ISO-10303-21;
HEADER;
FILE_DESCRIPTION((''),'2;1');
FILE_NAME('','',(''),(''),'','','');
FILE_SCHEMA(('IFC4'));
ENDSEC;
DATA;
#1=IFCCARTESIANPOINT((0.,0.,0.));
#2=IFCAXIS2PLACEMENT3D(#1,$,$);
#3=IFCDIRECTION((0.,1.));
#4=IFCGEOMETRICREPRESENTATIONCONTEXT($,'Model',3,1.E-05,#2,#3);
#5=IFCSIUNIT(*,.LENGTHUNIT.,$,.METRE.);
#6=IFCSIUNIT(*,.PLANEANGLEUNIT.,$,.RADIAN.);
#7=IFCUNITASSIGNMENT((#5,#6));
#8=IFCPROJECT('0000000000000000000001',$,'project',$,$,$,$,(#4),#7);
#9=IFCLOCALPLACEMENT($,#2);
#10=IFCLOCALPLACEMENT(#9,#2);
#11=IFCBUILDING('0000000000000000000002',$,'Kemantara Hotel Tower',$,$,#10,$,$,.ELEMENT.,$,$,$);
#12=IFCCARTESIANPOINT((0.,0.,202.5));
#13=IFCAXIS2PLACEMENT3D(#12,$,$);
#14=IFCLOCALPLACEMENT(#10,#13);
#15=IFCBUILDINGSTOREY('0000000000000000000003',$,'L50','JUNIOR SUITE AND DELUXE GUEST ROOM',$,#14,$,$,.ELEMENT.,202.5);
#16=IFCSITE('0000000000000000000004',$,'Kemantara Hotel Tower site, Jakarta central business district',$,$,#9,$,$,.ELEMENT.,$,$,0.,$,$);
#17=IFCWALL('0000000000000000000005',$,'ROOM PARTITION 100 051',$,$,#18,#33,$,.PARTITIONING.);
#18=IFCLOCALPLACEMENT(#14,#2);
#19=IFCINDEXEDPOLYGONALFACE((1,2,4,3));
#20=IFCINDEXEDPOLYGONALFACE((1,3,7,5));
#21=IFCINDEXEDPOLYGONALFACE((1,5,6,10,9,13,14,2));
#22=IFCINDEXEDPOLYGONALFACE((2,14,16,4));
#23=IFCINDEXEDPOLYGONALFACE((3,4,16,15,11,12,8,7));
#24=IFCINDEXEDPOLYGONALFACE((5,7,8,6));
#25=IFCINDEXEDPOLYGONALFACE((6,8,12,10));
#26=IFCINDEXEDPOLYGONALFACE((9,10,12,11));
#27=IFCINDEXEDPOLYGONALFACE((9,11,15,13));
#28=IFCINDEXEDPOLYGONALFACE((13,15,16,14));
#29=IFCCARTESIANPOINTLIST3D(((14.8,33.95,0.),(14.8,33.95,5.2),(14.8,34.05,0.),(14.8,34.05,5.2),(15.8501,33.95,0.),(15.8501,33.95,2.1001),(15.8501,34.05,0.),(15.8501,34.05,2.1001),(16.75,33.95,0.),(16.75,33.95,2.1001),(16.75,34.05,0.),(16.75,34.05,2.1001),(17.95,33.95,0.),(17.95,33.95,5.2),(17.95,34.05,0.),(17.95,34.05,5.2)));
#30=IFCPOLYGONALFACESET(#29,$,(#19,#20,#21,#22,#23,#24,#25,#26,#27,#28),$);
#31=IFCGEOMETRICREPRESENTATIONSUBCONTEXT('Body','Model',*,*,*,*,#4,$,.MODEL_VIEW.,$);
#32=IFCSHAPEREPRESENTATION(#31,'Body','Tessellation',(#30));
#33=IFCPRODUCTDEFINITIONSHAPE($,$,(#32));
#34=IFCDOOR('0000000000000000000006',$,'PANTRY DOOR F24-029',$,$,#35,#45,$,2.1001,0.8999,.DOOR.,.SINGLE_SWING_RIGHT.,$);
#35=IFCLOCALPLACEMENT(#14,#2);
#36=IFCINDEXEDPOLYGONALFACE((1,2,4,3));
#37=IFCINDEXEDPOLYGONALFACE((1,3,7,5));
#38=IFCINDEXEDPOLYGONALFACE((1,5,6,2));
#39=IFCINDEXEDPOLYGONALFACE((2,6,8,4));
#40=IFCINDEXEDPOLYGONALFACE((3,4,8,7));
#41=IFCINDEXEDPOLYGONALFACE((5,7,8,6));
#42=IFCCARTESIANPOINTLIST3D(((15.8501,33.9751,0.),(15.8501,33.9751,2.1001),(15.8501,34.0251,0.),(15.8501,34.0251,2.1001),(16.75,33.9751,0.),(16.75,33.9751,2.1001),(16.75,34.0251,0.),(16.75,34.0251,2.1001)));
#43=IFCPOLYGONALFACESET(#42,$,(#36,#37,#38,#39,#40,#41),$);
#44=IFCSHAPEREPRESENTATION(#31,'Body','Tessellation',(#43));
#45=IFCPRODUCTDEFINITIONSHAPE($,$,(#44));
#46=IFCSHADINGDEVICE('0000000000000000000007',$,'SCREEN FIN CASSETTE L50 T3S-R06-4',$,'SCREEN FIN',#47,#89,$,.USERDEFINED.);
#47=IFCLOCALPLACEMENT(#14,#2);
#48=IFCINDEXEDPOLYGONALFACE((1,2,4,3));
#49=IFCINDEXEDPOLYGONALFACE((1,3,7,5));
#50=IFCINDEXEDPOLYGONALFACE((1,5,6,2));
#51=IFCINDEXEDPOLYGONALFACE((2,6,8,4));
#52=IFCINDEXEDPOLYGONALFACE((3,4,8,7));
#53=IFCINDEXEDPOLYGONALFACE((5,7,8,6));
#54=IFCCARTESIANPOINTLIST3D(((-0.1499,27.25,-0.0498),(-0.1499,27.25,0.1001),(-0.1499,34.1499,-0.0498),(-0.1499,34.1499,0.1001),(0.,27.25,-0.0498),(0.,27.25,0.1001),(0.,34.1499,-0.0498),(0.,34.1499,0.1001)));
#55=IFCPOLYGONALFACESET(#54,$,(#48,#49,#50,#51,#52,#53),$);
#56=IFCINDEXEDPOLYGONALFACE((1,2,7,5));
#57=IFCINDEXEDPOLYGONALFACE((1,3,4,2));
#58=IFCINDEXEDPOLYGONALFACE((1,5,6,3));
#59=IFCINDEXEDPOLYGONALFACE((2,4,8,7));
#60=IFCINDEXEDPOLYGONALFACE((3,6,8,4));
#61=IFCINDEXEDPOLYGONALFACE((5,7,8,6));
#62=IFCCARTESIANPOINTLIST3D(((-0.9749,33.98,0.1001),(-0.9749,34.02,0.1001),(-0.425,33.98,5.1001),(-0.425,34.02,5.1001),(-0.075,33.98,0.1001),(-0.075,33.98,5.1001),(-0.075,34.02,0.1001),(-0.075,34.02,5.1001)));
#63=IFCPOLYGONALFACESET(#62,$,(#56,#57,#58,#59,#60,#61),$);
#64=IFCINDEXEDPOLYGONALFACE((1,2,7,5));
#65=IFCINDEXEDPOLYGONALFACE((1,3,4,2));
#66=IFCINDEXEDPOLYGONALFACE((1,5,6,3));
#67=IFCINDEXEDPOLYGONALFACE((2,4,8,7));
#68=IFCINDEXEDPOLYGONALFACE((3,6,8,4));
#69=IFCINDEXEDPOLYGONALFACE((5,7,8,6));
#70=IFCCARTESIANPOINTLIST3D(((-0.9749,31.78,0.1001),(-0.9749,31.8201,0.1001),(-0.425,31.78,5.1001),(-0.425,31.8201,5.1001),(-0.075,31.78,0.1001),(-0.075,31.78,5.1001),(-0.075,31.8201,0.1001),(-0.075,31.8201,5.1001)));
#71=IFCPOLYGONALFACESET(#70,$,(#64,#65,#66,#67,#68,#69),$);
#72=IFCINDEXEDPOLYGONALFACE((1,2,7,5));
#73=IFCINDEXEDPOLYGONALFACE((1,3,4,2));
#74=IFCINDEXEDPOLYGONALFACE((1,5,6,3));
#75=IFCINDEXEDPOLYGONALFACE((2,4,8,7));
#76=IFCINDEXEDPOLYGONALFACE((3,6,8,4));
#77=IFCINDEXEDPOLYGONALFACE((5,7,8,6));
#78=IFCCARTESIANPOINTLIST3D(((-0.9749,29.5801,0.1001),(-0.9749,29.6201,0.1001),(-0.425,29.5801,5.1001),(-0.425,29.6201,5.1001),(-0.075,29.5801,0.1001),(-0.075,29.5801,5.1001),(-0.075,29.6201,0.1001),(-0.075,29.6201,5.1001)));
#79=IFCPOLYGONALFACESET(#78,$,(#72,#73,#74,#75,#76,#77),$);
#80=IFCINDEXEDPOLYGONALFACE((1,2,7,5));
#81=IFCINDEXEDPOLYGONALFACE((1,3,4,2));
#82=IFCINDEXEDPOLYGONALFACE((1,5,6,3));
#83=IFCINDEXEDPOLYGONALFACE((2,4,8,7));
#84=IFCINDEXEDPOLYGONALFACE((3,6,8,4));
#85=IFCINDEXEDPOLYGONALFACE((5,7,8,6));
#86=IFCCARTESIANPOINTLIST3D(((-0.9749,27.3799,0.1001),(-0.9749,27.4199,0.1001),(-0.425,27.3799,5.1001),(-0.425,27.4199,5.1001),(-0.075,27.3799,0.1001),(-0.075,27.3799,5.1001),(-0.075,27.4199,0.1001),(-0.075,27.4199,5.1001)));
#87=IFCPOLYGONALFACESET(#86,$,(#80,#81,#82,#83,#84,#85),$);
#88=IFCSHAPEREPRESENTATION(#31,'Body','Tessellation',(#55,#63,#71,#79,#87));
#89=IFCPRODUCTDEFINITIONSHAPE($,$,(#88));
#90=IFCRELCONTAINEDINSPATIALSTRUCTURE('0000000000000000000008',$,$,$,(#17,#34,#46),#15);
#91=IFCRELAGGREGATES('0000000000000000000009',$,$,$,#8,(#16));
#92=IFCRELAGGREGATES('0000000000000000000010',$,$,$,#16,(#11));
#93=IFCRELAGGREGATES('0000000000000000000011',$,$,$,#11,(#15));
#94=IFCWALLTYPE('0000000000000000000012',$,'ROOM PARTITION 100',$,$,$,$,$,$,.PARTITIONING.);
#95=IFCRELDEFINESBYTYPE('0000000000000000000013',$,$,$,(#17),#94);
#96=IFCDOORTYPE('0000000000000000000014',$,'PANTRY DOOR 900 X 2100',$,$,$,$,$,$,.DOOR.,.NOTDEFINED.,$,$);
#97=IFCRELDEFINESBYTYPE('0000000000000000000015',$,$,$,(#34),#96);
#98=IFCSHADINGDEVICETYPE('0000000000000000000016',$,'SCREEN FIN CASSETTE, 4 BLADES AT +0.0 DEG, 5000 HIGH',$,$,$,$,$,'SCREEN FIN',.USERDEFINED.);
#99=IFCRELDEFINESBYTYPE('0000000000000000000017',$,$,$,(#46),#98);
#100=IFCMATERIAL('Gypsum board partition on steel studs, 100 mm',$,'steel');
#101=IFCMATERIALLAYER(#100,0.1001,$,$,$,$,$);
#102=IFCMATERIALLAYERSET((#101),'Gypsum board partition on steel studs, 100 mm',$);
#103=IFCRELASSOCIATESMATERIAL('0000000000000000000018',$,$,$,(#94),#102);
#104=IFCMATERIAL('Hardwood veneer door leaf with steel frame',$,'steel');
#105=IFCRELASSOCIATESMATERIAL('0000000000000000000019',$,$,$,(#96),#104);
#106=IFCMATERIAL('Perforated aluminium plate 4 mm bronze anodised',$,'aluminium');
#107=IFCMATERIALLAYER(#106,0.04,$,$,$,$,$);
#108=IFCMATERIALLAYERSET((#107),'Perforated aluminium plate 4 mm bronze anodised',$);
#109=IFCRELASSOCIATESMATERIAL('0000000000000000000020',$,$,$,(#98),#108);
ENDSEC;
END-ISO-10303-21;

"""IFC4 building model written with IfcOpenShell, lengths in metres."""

from ifc_helpers import new_model, si_unit, direction, frame, frame_2d, origin, origin_2d, place, context, subcontext, project, spatial, polyline, rectangle, outline, extrude, source, transform, mapped, material, layer, layer_set, type_object, element, fill, save


model = new_model("IFC4")

# Units and contexts
model_context = context("Model", 3, precision=1e-05, world=origin(), true_north=direction((0.0, 1.0)))
body_context = subcontext(model_context, "Body", "Model", "MODEL_VIEW")
ifc_project = project(units=[si_unit("LENGTHUNIT", "METRE"), si_unit("PLANEANGLEUNIT", "RADIAN")], contexts=[model_context])

# Site, building, storey
site_placement = place(None, origin())
site = spatial("IfcSite", under=ifc_project, at=site_placement, Name="Kemantara Hotel Tower site, Jakarta central business district", CompositionType="ELEMENT", RefElevation=0.0)
building_placement = place(site_placement, origin())
building = spatial("IfcBuilding", under=site, at=building_placement, Name="Kemantara Hotel Tower", CompositionType="ELEMENT")
storey_placement = place(building_placement, frame((0.0, 0.0, 202.5)))
storey = spatial("IfcBuildingStorey", under=building, at=storey_placement, Name="L50", Description="JUNIOR SUITE AND DELUXE GUEST ROOM", CompositionType="ELEMENT", Elevation=202.5)

# Shared definitions
ifc_material_1 = material(Name="Hardwood veneer door leaf with steel frame", Category="steel")

# Shared definitions
ifc_material_2 = material(Name="Gypsum board partition on steel studs, 100 mm", Category="steel")
ifc_layer_1 = layer(ifc_material_2, 0.1001)
ifc_layer_set_1 = layer_set([ifc_layer_1], Name="Gypsum board partition on steel studs, 100 mm")
wall_type_1 = type_object("IfcWallType", Name="ROOM PARTITION 100", PredefinedType="PARTITIONING", material=ifc_layer_set_1)

# Wall, opening, door
wall_1_placement = place(storey_placement, frame((17.95, 34.0, 0.0), z_axis=(0.0, 0.0, 1.0), x_axis=(-1.0, 0.0, 0.0)))
wall_1 = element("IfcWall", 1, at=wall_1_placement, inside=storey, type_object=wall_type_1, Name="ROOM PARTITION 100 051", PredefinedType="PARTITIONING", context=body_context, shape_type="SweptSolid", body=[
    extrude(rectangle(XDim=3.1499, YDim=0.1001, at=frame_2d((1.575, 0.0))), origin(), (0.0, 0.0, 1.0), 5.2),
])
opening_1_placement = place(wall_1_placement, frame((1.2, 0.0, 0.0)))
opening_1 = element("IfcOpeningElement", 2, at=opening_1_placement, cuts=wall_1, PredefinedType="OPENING", context=body_context, shape_type="SweptSolid", body=[
    extrude(rectangle(XDim=0.8999, YDim=2.1001, at=frame_2d((0.45, 1.05))), frame((0.0, 0.0601, 0.0), z_axis=(0.0, -1.0, 0.0), x_axis=(1.0, 0.0, 0.0)), (0.0, 0.0, 1.0), 0.1201),
])
door_type_1 = type_object("IfcDoorType", Name="PANTRY DOOR 900 X 2100", OperationType="NOTDEFINED", PredefinedType="DOOR", material=ifc_material_1)
door_1_placement = place(opening_1_placement, origin())
door_1 = element("IfcDoor", 3, at=door_1_placement, inside=storey, type_object=door_type_1, Name="PANTRY DOOR F24-029", OperationType="SINGLE_SWING_RIGHT", OverallHeight=2.1001, OverallWidth=0.8999, PredefinedType="DOOR", context=body_context, shape_type="SweptSolid", body=[
    extrude(rectangle(XDim=0.8999, YDim=2.1001, at=frame_2d((0.45, 1.05))), frame((0.0, 0.0249, 0.0), z_axis=(0.0, -1.0, 0.0), x_axis=(1.0, 0.0, 0.0)), (0.0, 0.0, 1.0), 0.05),
])
fill(opening_1, door_1)

# Shading device
ifc_material_3 = material(Name="Perforated aluminium plate 4 mm bronze anodised", Category="aluminium")
ifc_layer_2 = layer(ifc_material_3, 0.04)
ifc_layer_set_2 = layer_set([ifc_layer_2], Name="Perforated aluminium plate 4 mm bronze anodised")
shading_device_type = type_object("IfcShadingDeviceType", Name="SCREEN FIN CASSETTE, 4 BLADES AT +0.0 DEG, 5000 HIGH", ElementType="SCREEN FIN", PredefinedType="USERDEFINED", material=ifc_layer_set_2)
shared_shape = source(origin(), body_context, "Body", "SweptSolid", [
    extrude(rectangle(XDim=6.8999, YDim=0.1499, at=origin_2d()), frame((3.3, -0.075, -0.1499), z_axis=(0.0, 0.0, 1.0), x_axis=(1.0, 0.0, 0.0)), (0.0, 0.0, 1.0), 0.1499),
    extrude(outline(polyline([(0.0, 0.0), (0.8999, 0.0), (0.3501, 5.0), (0.0, 5.0), (0.0, 0.0)])), frame((0.02, -0.075, 0.0), z_axis=(-1.0, 0.0, 0.0), x_axis=(0.0, -1.0, 0.0)), (0.0, 0.0, 1.0), 0.04),
    extrude(outline(polyline([(0.0, 0.0), (0.8999, 0.0), (0.3501, 5.0), (0.0, 5.0), (0.0, 0.0)])), frame((2.22, -0.075, 0.0), z_axis=(-1.0, 0.0, 0.0), x_axis=(0.0, -1.0, 0.0)), (0.0, 0.0, 1.0), 0.04),
    extrude(outline(polyline([(0.0, 0.0), (0.8999, 0.0), (0.3501, 5.0), (0.0, 5.0), (0.0, 0.0)])), frame((4.4199, -0.075, 0.0), z_axis=(-1.0, 0.0, 0.0), x_axis=(0.0, -1.0, 0.0)), (0.0, 0.0, 1.0), 0.04),
    extrude(outline(polyline([(0.0, 0.0), (0.8999, 0.0), (0.3501, 5.0), (0.0, 5.0), (0.0, 0.0)])), frame((6.6201, -0.075, 0.0), z_axis=(-1.0, 0.0, 0.0), x_axis=(0.0, -1.0, 0.0)), (0.0, 0.0, 1.0), 0.04),
])
shading_device_placement = place(storey_placement, frame((0.0, 34.0, 0.1001), z_axis=(0.0, 0.0, 1.0), x_axis=(0.0, -1.0, 0.0)))
element("IfcShadingDevice", 4, at=shading_device_placement, inside=storey, type_object=shading_device_type, Name="SCREEN FIN CASSETTE L50 T3S-R06-4", ObjectType="SCREEN FIN", PredefinedType="USERDEFINED", context=body_context, shape_type="MappedRepresentation", body=[
    mapped(shared_shape, transform((0.0, 0.0, 0.0))),
])

save(model, "model.ifc")
